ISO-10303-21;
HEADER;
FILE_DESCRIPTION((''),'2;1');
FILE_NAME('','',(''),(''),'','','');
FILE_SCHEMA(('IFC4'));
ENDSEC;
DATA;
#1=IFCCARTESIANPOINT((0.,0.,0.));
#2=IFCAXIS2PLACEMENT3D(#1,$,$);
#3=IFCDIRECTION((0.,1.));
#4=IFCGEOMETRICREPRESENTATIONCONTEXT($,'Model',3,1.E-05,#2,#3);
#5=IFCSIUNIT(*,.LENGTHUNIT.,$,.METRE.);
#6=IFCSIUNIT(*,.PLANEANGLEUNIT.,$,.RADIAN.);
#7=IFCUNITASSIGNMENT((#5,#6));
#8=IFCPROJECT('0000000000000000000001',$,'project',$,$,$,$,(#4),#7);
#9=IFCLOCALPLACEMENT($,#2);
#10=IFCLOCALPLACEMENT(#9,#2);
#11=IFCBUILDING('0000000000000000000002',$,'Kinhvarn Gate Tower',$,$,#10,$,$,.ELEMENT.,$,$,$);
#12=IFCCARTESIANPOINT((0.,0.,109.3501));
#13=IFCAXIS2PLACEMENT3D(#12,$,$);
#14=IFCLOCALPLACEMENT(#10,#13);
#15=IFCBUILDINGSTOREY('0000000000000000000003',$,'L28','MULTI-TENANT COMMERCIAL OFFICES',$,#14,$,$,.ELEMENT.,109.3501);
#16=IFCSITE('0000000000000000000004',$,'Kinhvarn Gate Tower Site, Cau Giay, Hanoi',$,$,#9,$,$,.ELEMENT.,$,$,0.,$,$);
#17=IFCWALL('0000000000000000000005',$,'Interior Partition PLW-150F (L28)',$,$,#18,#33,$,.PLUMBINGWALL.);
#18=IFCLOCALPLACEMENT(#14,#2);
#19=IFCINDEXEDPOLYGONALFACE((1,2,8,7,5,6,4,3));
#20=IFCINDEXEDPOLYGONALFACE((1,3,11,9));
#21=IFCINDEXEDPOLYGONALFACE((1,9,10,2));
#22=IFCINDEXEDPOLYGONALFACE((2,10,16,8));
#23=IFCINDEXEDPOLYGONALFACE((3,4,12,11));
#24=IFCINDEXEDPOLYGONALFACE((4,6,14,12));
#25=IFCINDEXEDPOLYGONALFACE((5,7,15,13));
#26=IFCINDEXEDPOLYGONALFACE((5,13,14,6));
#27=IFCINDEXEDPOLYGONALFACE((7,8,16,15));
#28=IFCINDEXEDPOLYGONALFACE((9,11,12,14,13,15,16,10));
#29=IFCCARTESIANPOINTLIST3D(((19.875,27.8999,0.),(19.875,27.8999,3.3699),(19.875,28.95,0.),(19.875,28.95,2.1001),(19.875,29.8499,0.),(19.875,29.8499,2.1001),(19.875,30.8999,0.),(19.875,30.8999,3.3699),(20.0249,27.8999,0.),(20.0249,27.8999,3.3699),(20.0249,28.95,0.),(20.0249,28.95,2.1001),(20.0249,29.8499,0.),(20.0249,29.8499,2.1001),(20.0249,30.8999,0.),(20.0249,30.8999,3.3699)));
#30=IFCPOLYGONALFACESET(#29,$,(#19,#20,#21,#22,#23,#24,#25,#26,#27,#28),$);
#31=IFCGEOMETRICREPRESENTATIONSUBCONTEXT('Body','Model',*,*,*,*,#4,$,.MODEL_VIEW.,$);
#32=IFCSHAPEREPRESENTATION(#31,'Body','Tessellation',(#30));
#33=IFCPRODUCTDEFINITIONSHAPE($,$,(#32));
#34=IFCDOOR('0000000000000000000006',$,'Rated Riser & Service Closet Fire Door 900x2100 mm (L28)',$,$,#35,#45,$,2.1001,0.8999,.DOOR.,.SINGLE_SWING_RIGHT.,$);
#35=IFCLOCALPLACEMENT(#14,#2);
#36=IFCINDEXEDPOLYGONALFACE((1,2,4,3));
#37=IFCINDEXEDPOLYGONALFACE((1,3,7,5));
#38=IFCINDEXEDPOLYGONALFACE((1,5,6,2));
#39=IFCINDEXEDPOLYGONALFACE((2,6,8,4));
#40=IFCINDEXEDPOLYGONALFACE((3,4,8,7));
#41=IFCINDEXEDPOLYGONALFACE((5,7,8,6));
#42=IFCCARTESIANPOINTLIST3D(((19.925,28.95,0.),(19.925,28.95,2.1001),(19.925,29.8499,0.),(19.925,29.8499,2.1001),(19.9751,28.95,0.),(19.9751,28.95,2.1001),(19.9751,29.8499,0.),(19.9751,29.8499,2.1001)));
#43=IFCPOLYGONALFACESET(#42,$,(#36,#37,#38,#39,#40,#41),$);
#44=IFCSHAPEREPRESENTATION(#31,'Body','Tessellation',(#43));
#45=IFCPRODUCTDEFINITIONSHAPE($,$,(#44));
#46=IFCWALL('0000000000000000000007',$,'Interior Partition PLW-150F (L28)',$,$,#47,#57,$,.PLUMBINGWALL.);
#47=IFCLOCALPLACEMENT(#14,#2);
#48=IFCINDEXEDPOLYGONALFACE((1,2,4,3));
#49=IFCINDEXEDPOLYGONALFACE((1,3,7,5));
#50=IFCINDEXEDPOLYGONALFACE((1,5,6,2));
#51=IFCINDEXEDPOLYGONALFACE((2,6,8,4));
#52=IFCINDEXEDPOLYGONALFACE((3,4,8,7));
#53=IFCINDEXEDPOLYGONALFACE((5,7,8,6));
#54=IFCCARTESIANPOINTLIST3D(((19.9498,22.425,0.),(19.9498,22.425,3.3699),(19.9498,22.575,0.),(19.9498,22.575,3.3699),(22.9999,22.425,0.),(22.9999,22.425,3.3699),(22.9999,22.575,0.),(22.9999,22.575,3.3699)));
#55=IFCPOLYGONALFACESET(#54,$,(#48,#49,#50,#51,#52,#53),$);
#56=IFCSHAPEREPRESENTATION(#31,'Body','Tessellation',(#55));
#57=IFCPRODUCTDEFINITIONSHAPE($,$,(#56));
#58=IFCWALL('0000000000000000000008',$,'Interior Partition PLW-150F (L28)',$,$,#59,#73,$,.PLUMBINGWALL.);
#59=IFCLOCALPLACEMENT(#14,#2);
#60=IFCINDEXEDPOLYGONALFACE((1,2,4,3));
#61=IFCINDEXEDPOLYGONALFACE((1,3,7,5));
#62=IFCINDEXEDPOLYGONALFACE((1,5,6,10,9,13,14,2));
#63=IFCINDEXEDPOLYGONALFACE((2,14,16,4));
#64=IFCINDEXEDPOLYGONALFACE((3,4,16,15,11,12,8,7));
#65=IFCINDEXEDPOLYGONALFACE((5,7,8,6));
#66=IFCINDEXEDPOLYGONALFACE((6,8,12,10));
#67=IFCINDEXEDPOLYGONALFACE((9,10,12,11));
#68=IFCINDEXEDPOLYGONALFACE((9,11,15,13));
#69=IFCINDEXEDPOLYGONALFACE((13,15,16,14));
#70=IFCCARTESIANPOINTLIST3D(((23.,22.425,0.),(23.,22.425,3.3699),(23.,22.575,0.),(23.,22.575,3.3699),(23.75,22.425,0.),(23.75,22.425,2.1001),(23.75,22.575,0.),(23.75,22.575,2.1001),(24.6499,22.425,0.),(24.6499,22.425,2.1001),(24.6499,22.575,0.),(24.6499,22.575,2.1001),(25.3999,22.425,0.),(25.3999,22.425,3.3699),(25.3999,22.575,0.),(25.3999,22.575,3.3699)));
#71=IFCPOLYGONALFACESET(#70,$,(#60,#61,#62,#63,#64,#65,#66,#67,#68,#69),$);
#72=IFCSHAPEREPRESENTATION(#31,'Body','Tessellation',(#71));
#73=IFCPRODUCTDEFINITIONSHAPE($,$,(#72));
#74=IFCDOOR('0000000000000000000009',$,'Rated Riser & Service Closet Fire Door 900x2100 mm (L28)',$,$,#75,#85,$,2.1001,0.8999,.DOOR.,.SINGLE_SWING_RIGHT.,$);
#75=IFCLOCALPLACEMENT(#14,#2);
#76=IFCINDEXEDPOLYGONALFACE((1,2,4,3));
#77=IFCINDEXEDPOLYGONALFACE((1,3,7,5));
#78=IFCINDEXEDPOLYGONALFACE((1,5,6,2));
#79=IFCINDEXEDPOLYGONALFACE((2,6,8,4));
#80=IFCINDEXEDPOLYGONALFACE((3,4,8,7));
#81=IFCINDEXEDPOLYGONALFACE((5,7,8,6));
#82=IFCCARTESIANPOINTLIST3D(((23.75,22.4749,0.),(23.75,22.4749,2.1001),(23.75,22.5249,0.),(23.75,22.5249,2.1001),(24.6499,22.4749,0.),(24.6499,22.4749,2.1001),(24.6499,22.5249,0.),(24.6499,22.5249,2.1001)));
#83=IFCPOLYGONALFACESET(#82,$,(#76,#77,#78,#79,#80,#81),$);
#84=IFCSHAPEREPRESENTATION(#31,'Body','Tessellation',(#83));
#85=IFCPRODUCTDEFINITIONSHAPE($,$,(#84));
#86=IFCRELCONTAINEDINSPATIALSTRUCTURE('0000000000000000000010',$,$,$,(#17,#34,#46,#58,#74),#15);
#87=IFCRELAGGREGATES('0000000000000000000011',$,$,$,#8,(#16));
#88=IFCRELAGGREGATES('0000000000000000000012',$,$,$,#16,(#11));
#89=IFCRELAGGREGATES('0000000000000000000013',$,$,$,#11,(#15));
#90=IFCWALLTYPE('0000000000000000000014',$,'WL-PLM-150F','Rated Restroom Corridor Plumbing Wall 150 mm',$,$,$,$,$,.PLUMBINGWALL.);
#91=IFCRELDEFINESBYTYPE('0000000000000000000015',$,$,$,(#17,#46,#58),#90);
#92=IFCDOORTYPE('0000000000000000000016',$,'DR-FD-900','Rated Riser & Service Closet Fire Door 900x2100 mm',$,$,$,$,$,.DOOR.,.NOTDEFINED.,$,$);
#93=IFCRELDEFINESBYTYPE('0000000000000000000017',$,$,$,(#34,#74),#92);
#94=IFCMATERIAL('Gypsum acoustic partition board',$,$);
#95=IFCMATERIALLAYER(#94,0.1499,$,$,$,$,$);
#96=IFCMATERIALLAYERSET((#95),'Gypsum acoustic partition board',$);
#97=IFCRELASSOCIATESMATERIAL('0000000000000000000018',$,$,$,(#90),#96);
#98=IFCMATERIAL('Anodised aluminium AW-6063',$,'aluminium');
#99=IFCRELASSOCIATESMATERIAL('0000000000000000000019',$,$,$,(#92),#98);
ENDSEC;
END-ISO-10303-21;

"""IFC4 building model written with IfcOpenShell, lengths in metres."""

from ifc_helpers import new_model, si_unit, direction, frame, frame_2d, origin, place, context, subcontext, project, spatial, rectangle, extrude, material, layer, layer_set, type_object, element, fill, save


model = new_model("IFC4")

# Units and contexts
model_context = context("Model", 3, precision=1e-05, world=origin(), true_north=direction((0.0, 1.0)))
body_context = subcontext(model_context, "Body", "Model", "MODEL_VIEW")
ifc_project = project(units=[si_unit("LENGTHUNIT", "METRE"), si_unit("PLANEANGLEUNIT", "RADIAN")], contexts=[model_context])

# Site, building, storey
site_placement = place(None, origin())
site = spatial("IfcSite", under=ifc_project, at=site_placement, Name="Kinhvarn Gate Tower Site, Cau Giay, Hanoi", CompositionType="ELEMENT", RefElevation=0.0)
building_placement = place(site_placement, origin())
building = spatial("IfcBuilding", under=site, at=building_placement, Name="Kinhvarn Gate Tower", CompositionType="ELEMENT")
storey_placement = place(building_placement, frame((0.0, 0.0, 109.3501)))
storey = spatial("IfcBuildingStorey", under=building, at=storey_placement, Name="L28", Description="MULTI-TENANT COMMERCIAL OFFICES", CompositionType="ELEMENT", Elevation=109.3501)

# Shared definitions
ifc_material_1 = material(Name="Anodised aluminium AW-6063", Category="aluminium")

# Shared definitions
ifc_material_2 = material(Name="Gypsum acoustic partition board")

# Wall, opening, door
ifc_layer_1 = layer(ifc_material_2, 0.1499)
ifc_layer_set_1 = layer_set([ifc_layer_1], Name="Gypsum acoustic partition board")
wall_type_1 = type_object("IfcWallType", Name="WL-PLM-150F", Description="Rated Restroom Corridor Plumbing Wall 150 mm", PredefinedType="PLUMBINGWALL", material=ifc_layer_set_1)
door_type_1 = type_object("IfcDoorType", Name="DR-FD-900", Description="Rated Riser & Service Closet Fire Door 900x2100 mm", OperationType="NOTDEFINED", PredefinedType="DOOR", material=ifc_material_1)
wall_1_placement = place(storey_placement, frame((19.95, 27.8999, 0.0), z_axis=(0.0, 0.0, 1.0), x_axis=(0.0, 1.0, 0.0)))
wall_1 = element("IfcWall", 1, at=wall_1_placement, inside=storey, type_object=wall_type_1, Name="Interior Partition PLW-150F (L28)", PredefinedType="PLUMBINGWALL", context=body_context, shape_type="SweptSolid", body=[
    extrude(rectangle(XDim=3.0, YDim=0.1499, at=frame_2d((1.5, 0.0))), origin(), (0.0, 0.0, 1.0), 3.3699),
])
opening_1_placement = place(wall_1_placement, frame((1.05, 0.0, 0.0)))
opening_1 = element("IfcOpeningElement", 2, at=opening_1_placement, cuts=wall_1, PredefinedType="OPENING", context=body_context, shape_type="SweptSolid", body=[
    extrude(rectangle(XDim=0.8999, YDim=2.1001, at=frame_2d((0.45, 1.05))), frame((0.0, 0.085, 0.0), z_axis=(0.0, -1.0, 0.0), x_axis=(1.0, 0.0, 0.0)), (0.0, 0.0, 1.0), 0.1699),
])
door_1_placement = place(opening_1_placement, origin())
door_1 = element("IfcDoor", 3, at=door_1_placement, inside=storey, type_object=door_type_1, Name="Rated Riser & Service Closet Fire Door 900x2100 mm (L28)", OperationType="SINGLE_SWING_RIGHT", OverallHeight=2.1001, OverallWidth=0.8999, PredefinedType="DOOR", context=body_context, shape_type="SweptSolid", body=[
    extrude(rectangle(XDim=0.8999, YDim=2.1001, at=frame_2d((0.45, 1.05))), frame((0.0, 0.0249, 0.0), z_axis=(0.0, -1.0, 0.0), x_axis=(1.0, 0.0, 0.0)), (0.0, 0.0, 1.0), 0.05),
])
fill(opening_1, door_1)

# Wall
wall_2_placement = place(storey_placement, frame((19.95, 22.5, 0.0), z_axis=(0.0, 0.0, 1.0), x_axis=(1.0, 0.0, 0.0)))
element("IfcWall", 4, at=wall_2_placement, inside=storey, type_object=wall_type_1, Name="Interior Partition PLW-150F (L28)", PredefinedType="PLUMBINGWALL", context=body_context, shape_type="SweptSolid", body=[
    extrude(rectangle(XDim=3.05, YDim=0.1499, at=frame_2d((1.5249, 0.0))), origin(), (0.0, 0.0, 1.0), 3.3699),
])

# Wall, opening, door
wall_3_placement = place(storey_placement, frame((23.0, 22.5, 0.0), z_axis=(0.0, 0.0, 1.0), x_axis=(1.0, 0.0, 0.0)))
wall_3 = element("IfcWall", 5, at=wall_3_placement, inside=storey, type_object=wall_type_1, Name="Interior Partition PLW-150F (L28)", PredefinedType="PLUMBINGWALL", context=body_context, shape_type="SweptSolid", body=[
    extrude(rectangle(XDim=2.3999, YDim=0.1499, at=frame_2d((1.2, 0.0))), origin(), (0.0, 0.0, 1.0), 3.3699),
])
opening_2_placement = place(wall_3_placement, frame((0.75, 0.0, 0.0)))
opening_2 = element("IfcOpeningElement", 6, at=opening_2_placement, cuts=wall_3, PredefinedType="OPENING", context=body_context, shape_type="SweptSolid", body=[
    extrude(rectangle(XDim=0.8999, YDim=2.1001, at=frame_2d((0.45, 1.05))), frame((0.0, 0.085, 0.0), z_axis=(0.0, -1.0, 0.0), x_axis=(1.0, 0.0, 0.0)), (0.0, 0.0, 1.0), 0.1699),
])
door_2_placement = place(opening_2_placement, origin())
door_2 = element("IfcDoor", 7, at=door_2_placement, inside=storey, type_object=door_type_1, Name="Rated Riser & Service Closet Fire Door 900x2100 mm (L28)", OperationType="SINGLE_SWING_RIGHT", OverallHeight=2.1001, OverallWidth=0.8999, PredefinedType="DOOR", context=body_context, shape_type="SweptSolid", body=[
    extrude(rectangle(XDim=0.8999, YDim=2.1001, at=frame_2d((0.45, 1.05))), frame((0.0, 0.0249, 0.0), z_axis=(0.0, -1.0, 0.0), x_axis=(1.0, 0.0, 0.0)), (0.0, 0.0, 1.0), 0.05),
])
fill(opening_2, door_2)

save(model, "model.ifc")
